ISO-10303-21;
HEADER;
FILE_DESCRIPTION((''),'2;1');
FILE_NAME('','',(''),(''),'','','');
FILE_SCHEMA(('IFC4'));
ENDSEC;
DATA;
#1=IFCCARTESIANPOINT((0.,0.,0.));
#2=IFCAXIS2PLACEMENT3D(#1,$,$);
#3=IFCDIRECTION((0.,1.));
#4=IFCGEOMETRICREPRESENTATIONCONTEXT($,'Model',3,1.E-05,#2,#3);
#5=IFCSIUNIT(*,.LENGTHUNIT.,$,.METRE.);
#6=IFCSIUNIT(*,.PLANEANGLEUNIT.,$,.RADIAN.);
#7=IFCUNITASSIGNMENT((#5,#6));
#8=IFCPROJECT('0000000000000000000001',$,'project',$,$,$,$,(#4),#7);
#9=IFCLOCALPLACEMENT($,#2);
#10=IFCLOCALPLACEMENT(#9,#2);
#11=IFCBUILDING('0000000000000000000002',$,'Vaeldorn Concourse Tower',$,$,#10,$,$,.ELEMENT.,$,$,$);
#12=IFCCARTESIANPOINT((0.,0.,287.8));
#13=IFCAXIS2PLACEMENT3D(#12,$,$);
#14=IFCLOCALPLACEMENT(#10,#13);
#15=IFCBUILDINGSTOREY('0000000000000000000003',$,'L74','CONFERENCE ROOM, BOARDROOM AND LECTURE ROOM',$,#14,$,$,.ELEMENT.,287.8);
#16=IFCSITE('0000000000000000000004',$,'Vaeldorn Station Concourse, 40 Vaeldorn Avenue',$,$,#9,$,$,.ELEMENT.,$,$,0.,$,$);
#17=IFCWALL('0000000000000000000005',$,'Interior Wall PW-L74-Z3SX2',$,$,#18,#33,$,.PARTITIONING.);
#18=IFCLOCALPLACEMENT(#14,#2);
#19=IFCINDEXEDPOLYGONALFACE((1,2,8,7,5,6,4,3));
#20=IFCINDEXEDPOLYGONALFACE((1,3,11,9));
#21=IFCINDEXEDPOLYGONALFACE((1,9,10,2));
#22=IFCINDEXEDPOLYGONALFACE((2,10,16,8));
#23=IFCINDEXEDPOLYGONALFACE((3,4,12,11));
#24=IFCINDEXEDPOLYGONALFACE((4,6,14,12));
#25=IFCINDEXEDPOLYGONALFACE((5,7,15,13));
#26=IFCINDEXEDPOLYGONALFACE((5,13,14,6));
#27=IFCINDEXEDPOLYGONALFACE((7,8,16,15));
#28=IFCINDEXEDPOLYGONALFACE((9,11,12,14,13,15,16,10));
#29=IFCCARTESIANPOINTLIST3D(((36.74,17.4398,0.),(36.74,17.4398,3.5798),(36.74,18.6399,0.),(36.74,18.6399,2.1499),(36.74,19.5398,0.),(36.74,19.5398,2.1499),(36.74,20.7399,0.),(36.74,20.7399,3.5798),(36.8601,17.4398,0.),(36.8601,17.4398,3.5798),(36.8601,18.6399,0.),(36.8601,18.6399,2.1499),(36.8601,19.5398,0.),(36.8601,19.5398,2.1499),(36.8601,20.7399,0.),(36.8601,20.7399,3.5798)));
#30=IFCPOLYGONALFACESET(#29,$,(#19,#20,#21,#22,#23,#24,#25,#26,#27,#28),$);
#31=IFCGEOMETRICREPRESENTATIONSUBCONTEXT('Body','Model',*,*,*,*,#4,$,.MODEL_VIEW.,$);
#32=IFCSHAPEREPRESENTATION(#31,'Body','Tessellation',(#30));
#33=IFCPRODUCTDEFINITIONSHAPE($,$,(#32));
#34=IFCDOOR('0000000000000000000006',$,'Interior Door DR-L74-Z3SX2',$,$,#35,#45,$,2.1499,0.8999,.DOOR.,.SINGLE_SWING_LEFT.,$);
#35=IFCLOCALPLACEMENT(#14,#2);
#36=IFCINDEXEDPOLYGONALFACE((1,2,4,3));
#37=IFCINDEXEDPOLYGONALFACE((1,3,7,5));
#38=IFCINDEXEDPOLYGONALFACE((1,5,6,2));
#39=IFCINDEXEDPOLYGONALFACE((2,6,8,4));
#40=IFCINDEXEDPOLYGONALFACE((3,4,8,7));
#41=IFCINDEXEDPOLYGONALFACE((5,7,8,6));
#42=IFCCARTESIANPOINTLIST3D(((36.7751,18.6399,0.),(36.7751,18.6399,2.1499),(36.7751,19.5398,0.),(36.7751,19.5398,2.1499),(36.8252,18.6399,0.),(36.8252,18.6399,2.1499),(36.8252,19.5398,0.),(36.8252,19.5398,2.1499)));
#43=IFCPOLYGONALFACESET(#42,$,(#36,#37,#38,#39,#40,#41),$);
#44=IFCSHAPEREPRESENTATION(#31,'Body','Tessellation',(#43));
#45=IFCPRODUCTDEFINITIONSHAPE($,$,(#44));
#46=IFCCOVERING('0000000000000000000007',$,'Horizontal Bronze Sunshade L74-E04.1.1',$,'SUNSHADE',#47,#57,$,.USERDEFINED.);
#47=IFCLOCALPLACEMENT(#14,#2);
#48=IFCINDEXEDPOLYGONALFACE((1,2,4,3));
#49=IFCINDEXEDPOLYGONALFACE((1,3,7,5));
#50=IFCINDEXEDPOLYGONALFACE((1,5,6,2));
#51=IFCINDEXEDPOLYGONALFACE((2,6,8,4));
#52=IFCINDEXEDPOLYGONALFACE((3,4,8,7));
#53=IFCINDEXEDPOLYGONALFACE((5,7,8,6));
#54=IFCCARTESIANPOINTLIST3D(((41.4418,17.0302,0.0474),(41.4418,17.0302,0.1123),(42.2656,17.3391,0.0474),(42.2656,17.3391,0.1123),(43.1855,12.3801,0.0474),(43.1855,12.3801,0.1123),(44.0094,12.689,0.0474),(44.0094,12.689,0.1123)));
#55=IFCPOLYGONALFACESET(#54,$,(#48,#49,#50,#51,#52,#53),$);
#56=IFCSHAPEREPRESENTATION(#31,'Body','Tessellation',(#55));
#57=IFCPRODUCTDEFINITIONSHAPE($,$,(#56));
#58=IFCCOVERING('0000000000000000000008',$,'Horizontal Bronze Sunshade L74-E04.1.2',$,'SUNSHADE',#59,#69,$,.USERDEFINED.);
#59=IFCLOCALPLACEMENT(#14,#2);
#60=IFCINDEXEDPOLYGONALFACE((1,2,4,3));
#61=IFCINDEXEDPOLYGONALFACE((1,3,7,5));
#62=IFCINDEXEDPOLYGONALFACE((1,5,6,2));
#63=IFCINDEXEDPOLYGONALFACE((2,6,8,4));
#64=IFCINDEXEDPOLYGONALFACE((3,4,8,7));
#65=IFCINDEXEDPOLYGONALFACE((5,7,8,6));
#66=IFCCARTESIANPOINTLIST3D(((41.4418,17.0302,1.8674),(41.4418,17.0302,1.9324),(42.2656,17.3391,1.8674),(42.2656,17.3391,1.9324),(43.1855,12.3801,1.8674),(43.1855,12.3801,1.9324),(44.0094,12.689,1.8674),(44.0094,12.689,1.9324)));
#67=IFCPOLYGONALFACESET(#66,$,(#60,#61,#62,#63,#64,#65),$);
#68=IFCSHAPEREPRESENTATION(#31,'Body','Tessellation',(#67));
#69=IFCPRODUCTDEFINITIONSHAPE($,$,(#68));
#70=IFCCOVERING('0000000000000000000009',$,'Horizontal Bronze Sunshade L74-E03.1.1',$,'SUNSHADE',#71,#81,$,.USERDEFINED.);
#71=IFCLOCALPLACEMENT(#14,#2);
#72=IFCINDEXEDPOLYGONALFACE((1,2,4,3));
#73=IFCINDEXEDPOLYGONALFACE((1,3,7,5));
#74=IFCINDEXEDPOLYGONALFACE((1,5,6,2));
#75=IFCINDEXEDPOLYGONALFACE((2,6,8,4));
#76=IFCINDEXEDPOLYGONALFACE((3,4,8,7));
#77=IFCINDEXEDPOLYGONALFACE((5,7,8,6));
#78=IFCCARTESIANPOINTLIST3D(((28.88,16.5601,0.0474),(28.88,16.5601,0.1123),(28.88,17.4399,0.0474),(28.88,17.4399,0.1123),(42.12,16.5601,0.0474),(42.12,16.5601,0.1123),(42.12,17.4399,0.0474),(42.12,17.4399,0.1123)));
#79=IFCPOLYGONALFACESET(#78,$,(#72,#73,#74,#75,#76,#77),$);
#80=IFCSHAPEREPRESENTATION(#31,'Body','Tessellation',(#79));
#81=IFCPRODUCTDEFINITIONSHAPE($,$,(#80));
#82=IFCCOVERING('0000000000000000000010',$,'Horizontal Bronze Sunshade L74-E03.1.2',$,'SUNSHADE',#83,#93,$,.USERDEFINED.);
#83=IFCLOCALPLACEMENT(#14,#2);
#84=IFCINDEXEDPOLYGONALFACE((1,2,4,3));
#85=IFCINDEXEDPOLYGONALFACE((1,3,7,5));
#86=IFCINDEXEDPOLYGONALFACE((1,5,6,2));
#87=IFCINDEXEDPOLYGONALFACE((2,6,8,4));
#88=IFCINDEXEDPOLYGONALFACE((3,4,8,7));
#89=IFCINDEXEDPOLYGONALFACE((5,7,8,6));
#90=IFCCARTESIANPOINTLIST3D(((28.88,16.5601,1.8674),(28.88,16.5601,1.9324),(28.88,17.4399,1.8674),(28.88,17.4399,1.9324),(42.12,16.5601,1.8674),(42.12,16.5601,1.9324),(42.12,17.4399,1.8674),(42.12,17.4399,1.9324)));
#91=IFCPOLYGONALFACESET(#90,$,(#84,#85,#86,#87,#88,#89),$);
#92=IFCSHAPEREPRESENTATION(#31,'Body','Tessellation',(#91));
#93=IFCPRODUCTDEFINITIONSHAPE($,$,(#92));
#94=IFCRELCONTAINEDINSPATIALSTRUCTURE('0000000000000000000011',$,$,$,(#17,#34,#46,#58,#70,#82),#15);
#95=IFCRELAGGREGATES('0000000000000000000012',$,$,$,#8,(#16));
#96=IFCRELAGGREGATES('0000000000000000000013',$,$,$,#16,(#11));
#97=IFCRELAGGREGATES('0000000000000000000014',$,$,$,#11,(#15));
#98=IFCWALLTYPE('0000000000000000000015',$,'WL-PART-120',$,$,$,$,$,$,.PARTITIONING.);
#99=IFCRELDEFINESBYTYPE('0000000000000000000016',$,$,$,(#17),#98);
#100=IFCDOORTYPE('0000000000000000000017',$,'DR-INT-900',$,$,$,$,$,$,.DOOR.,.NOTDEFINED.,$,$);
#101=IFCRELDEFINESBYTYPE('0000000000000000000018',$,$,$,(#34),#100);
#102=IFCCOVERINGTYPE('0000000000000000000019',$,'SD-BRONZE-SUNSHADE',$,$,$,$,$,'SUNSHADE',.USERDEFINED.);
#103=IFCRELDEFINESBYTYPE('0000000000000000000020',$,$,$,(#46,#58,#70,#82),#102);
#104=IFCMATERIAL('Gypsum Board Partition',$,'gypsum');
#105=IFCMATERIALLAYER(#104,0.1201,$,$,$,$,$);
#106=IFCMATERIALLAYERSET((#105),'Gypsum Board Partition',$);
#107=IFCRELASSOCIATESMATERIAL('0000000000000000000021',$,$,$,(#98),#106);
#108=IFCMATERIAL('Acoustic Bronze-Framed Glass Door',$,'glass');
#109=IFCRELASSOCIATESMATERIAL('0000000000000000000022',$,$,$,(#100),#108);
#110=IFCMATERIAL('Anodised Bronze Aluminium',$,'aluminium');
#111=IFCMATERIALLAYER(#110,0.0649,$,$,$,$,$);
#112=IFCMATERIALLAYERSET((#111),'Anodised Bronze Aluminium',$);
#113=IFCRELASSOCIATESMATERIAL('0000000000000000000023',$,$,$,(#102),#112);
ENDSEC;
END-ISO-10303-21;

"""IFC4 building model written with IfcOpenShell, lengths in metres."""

from ifc_helpers import new_model, si_unit, direction, frame, frame_2d, origin, origin_2d, place, context, subcontext, project, spatial, rectangle, extrude, source, transform, mapped, material, layer, layer_set, type_object, element, fill, save


model = new_model("IFC4")

# Units and contexts
model_context = context("Model", 3, precision=1e-05, world=origin(), true_north=direction((0.0, 1.0)))
body_context = subcontext(model_context, "Body", "Model", "MODEL_VIEW")
ifc_project = project(units=[si_unit("LENGTHUNIT", "METRE"), si_unit("PLANEANGLEUNIT", "RADIAN")], contexts=[model_context])

# Site, building, storey
site_placement = place(None, origin())
site = spatial("IfcSite", under=ifc_project, at=site_placement, Name="Vaeldorn Station Concourse, 40 Vaeldorn Avenue", CompositionType="ELEMENT", RefElevation=0.0)
building_placement = place(site_placement, origin())
building = spatial("IfcBuilding", under=site, at=building_placement, Name="Vaeldorn Concourse Tower", CompositionType="ELEMENT")
storey_placement = place(building_placement, frame((0.0, 0.0, 287.8)))
storey = spatial("IfcBuildingStorey", under=building, at=storey_placement, Name="L74", Description="CONFERENCE ROOM, BOARDROOM AND LECTURE ROOM", CompositionType="ELEMENT", Elevation=287.8)

# Shared definitions
ifc_material_1 = material(Name="Anodised Bronze Aluminium", Category="aluminium")

# Wall, opening, door
ifc_material_2 = material(Name="Gypsum Board Partition", Category="gypsum")
ifc_layer_1 = layer(ifc_material_2, 0.1201)
ifc_layer_set_1 = layer_set([ifc_layer_1], Name="Gypsum Board Partition")
wall_type = type_object("IfcWallType", Name="WL-PART-120", PredefinedType="PARTITIONING", material=ifc_layer_set_1)
wall_placement = place(storey_placement, frame((36.8, 17.4399, 0.0), z_axis=(0.0, 0.0, 1.0), x_axis=(0.0, 1.0, 0.0)))
wall = element("IfcWall", 1, at=wall_placement, inside=storey, type_object=wall_type, Name="Interior Wall PW-L74-Z3SX2", PredefinedType="PARTITIONING", context=body_context, shape_type="SweptSolid", body=[
    extrude(rectangle(XDim=3.3, YDim=0.1201, at=frame_2d((1.6499, 0.0))), origin(), (0.0, 0.0, 1.0), 3.5798),
])
opening_placement = place(wall_placement, frame((1.2, 0.0, 0.0)))
opening = element("IfcOpeningElement", 2, at=opening_placement, cuts=wall, PredefinedType="OPENING", context=body_context, shape_type="SweptSolid", body=[
    extrude(rectangle(XDim=0.8999, YDim=2.1499, at=frame_2d((0.45, 1.075))), frame((0.0, 0.0701, 0.0), z_axis=(0.0, -1.0, 0.0), x_axis=(1.0, 0.0, 0.0)), (0.0, 0.0, 1.0), 0.1401),
])
ifc_material_3 = material(Name="Acoustic Bronze-Framed Glass Door", Category="glass")
door_type = type_object("IfcDoorType", Name="DR-INT-900", OperationType="NOTDEFINED", PredefinedType="DOOR", material=ifc_material_3)
shared_shape_1 = source(origin(), body_context, "Body", "SweptSolid", [
    extrude(rectangle(XDim=0.8999, YDim=2.1499, at=frame_2d((0.45, 1.075))), frame((0.0, 0.0249, 0.0), z_axis=(0.0, -1.0, 0.0), x_axis=(1.0, 0.0, 0.0)), (0.0, 0.0, 1.0), 0.05),
])
door_placement = place(opening_placement, origin())
door = element("IfcDoor", 3, at=door_placement, inside=storey, type_object=door_type, Name="Interior Door DR-L74-Z3SX2", OperationType="SINGLE_SWING_LEFT", OverallHeight=2.1499, OverallWidth=0.8999, PredefinedType="DOOR", context=body_context, shape_type="MappedRepresentation", body=[
    mapped(shared_shape_1, transform((0.0, 0.0, 0.0), scale=1.0)),
])
fill(opening, door)

# Coverings
ifc_layer_2 = layer(ifc_material_1, 0.0649)
ifc_layer_set_2 = layer_set([ifc_layer_2], Name="Anodised Bronze Aluminium")
covering_type = type_object("IfcCoveringType", Name="SD-BRONZE-SUNSHADE", ElementType="SUNSHADE", PredefinedType="USERDEFINED", material=ifc_layer_set_2)
shared_shape_2 = source(origin(), body_context, "Body", "SweptSolid", [
    extrude(rectangle(XDim=4.9663, YDim=0.8799, at=origin_2d()), origin(), (0.0, 0.0, 1.0), 0.0649),
])
for number, where, z_axis, x_axis, name in (
    (4, (42.7256, 14.8596, 0.0474), (0.0, 0.0, 1.0), (0.351123, -0.936329, 0.0), "Horizontal Bronze Sunshade L74-E04.1.1"),
    (5, (42.7256, 14.8596, 1.8674), (0.0, 0.0, 1.0), (0.351123, -0.936329, 0.0), "Horizontal Bronze Sunshade L74-E04.1.2"),
):
    element("IfcCovering", number, at=place(storey_placement, frame(where, z_axis=z_axis, x_axis=x_axis)), inside=storey, type_object=covering_type, Name=name, ObjectType="SUNSHADE", PredefinedType="USERDEFINED", context=body_context, shape_type="MappedRepresentation", body=[
        mapped(shared_shape_2, transform((0.0, 0.0, 0.0), scale=1.0)),
    ])
shared_shape_3 = source(origin(), body_context, "Body", "SweptSolid", [
    extrude(rectangle(XDim=13.24, YDim=0.8799, at=origin_2d()), origin(), (0.0, 0.0, 1.0), 0.0649),
])
for number, where, z_axis, x_axis, name in (
    (6, (35.5, 17.0, 0.0474), (0.0, 0.0, 1.0), (1.0, 0.0, 0.0), "Horizontal Bronze Sunshade L74-E03.1.1"),
    (7, (35.5, 17.0, 1.8674), (0.0, 0.0, 1.0), (1.0, 0.0, 0.0), "Horizontal Bronze Sunshade L74-E03.1.2"),
):
    element("IfcCovering", number, at=place(storey_placement, frame(where, z_axis=z_axis, x_axis=x_axis)), inside=storey, type_object=covering_type, Name=name, ObjectType="SUNSHADE", PredefinedType="USERDEFINED", context=body_context, shape_type="MappedRepresentation", body=[
        mapped(shared_shape_3, transform((0.0, 0.0, 0.0), scale=1.0)),
    ])

save(model, "model.ifc")
